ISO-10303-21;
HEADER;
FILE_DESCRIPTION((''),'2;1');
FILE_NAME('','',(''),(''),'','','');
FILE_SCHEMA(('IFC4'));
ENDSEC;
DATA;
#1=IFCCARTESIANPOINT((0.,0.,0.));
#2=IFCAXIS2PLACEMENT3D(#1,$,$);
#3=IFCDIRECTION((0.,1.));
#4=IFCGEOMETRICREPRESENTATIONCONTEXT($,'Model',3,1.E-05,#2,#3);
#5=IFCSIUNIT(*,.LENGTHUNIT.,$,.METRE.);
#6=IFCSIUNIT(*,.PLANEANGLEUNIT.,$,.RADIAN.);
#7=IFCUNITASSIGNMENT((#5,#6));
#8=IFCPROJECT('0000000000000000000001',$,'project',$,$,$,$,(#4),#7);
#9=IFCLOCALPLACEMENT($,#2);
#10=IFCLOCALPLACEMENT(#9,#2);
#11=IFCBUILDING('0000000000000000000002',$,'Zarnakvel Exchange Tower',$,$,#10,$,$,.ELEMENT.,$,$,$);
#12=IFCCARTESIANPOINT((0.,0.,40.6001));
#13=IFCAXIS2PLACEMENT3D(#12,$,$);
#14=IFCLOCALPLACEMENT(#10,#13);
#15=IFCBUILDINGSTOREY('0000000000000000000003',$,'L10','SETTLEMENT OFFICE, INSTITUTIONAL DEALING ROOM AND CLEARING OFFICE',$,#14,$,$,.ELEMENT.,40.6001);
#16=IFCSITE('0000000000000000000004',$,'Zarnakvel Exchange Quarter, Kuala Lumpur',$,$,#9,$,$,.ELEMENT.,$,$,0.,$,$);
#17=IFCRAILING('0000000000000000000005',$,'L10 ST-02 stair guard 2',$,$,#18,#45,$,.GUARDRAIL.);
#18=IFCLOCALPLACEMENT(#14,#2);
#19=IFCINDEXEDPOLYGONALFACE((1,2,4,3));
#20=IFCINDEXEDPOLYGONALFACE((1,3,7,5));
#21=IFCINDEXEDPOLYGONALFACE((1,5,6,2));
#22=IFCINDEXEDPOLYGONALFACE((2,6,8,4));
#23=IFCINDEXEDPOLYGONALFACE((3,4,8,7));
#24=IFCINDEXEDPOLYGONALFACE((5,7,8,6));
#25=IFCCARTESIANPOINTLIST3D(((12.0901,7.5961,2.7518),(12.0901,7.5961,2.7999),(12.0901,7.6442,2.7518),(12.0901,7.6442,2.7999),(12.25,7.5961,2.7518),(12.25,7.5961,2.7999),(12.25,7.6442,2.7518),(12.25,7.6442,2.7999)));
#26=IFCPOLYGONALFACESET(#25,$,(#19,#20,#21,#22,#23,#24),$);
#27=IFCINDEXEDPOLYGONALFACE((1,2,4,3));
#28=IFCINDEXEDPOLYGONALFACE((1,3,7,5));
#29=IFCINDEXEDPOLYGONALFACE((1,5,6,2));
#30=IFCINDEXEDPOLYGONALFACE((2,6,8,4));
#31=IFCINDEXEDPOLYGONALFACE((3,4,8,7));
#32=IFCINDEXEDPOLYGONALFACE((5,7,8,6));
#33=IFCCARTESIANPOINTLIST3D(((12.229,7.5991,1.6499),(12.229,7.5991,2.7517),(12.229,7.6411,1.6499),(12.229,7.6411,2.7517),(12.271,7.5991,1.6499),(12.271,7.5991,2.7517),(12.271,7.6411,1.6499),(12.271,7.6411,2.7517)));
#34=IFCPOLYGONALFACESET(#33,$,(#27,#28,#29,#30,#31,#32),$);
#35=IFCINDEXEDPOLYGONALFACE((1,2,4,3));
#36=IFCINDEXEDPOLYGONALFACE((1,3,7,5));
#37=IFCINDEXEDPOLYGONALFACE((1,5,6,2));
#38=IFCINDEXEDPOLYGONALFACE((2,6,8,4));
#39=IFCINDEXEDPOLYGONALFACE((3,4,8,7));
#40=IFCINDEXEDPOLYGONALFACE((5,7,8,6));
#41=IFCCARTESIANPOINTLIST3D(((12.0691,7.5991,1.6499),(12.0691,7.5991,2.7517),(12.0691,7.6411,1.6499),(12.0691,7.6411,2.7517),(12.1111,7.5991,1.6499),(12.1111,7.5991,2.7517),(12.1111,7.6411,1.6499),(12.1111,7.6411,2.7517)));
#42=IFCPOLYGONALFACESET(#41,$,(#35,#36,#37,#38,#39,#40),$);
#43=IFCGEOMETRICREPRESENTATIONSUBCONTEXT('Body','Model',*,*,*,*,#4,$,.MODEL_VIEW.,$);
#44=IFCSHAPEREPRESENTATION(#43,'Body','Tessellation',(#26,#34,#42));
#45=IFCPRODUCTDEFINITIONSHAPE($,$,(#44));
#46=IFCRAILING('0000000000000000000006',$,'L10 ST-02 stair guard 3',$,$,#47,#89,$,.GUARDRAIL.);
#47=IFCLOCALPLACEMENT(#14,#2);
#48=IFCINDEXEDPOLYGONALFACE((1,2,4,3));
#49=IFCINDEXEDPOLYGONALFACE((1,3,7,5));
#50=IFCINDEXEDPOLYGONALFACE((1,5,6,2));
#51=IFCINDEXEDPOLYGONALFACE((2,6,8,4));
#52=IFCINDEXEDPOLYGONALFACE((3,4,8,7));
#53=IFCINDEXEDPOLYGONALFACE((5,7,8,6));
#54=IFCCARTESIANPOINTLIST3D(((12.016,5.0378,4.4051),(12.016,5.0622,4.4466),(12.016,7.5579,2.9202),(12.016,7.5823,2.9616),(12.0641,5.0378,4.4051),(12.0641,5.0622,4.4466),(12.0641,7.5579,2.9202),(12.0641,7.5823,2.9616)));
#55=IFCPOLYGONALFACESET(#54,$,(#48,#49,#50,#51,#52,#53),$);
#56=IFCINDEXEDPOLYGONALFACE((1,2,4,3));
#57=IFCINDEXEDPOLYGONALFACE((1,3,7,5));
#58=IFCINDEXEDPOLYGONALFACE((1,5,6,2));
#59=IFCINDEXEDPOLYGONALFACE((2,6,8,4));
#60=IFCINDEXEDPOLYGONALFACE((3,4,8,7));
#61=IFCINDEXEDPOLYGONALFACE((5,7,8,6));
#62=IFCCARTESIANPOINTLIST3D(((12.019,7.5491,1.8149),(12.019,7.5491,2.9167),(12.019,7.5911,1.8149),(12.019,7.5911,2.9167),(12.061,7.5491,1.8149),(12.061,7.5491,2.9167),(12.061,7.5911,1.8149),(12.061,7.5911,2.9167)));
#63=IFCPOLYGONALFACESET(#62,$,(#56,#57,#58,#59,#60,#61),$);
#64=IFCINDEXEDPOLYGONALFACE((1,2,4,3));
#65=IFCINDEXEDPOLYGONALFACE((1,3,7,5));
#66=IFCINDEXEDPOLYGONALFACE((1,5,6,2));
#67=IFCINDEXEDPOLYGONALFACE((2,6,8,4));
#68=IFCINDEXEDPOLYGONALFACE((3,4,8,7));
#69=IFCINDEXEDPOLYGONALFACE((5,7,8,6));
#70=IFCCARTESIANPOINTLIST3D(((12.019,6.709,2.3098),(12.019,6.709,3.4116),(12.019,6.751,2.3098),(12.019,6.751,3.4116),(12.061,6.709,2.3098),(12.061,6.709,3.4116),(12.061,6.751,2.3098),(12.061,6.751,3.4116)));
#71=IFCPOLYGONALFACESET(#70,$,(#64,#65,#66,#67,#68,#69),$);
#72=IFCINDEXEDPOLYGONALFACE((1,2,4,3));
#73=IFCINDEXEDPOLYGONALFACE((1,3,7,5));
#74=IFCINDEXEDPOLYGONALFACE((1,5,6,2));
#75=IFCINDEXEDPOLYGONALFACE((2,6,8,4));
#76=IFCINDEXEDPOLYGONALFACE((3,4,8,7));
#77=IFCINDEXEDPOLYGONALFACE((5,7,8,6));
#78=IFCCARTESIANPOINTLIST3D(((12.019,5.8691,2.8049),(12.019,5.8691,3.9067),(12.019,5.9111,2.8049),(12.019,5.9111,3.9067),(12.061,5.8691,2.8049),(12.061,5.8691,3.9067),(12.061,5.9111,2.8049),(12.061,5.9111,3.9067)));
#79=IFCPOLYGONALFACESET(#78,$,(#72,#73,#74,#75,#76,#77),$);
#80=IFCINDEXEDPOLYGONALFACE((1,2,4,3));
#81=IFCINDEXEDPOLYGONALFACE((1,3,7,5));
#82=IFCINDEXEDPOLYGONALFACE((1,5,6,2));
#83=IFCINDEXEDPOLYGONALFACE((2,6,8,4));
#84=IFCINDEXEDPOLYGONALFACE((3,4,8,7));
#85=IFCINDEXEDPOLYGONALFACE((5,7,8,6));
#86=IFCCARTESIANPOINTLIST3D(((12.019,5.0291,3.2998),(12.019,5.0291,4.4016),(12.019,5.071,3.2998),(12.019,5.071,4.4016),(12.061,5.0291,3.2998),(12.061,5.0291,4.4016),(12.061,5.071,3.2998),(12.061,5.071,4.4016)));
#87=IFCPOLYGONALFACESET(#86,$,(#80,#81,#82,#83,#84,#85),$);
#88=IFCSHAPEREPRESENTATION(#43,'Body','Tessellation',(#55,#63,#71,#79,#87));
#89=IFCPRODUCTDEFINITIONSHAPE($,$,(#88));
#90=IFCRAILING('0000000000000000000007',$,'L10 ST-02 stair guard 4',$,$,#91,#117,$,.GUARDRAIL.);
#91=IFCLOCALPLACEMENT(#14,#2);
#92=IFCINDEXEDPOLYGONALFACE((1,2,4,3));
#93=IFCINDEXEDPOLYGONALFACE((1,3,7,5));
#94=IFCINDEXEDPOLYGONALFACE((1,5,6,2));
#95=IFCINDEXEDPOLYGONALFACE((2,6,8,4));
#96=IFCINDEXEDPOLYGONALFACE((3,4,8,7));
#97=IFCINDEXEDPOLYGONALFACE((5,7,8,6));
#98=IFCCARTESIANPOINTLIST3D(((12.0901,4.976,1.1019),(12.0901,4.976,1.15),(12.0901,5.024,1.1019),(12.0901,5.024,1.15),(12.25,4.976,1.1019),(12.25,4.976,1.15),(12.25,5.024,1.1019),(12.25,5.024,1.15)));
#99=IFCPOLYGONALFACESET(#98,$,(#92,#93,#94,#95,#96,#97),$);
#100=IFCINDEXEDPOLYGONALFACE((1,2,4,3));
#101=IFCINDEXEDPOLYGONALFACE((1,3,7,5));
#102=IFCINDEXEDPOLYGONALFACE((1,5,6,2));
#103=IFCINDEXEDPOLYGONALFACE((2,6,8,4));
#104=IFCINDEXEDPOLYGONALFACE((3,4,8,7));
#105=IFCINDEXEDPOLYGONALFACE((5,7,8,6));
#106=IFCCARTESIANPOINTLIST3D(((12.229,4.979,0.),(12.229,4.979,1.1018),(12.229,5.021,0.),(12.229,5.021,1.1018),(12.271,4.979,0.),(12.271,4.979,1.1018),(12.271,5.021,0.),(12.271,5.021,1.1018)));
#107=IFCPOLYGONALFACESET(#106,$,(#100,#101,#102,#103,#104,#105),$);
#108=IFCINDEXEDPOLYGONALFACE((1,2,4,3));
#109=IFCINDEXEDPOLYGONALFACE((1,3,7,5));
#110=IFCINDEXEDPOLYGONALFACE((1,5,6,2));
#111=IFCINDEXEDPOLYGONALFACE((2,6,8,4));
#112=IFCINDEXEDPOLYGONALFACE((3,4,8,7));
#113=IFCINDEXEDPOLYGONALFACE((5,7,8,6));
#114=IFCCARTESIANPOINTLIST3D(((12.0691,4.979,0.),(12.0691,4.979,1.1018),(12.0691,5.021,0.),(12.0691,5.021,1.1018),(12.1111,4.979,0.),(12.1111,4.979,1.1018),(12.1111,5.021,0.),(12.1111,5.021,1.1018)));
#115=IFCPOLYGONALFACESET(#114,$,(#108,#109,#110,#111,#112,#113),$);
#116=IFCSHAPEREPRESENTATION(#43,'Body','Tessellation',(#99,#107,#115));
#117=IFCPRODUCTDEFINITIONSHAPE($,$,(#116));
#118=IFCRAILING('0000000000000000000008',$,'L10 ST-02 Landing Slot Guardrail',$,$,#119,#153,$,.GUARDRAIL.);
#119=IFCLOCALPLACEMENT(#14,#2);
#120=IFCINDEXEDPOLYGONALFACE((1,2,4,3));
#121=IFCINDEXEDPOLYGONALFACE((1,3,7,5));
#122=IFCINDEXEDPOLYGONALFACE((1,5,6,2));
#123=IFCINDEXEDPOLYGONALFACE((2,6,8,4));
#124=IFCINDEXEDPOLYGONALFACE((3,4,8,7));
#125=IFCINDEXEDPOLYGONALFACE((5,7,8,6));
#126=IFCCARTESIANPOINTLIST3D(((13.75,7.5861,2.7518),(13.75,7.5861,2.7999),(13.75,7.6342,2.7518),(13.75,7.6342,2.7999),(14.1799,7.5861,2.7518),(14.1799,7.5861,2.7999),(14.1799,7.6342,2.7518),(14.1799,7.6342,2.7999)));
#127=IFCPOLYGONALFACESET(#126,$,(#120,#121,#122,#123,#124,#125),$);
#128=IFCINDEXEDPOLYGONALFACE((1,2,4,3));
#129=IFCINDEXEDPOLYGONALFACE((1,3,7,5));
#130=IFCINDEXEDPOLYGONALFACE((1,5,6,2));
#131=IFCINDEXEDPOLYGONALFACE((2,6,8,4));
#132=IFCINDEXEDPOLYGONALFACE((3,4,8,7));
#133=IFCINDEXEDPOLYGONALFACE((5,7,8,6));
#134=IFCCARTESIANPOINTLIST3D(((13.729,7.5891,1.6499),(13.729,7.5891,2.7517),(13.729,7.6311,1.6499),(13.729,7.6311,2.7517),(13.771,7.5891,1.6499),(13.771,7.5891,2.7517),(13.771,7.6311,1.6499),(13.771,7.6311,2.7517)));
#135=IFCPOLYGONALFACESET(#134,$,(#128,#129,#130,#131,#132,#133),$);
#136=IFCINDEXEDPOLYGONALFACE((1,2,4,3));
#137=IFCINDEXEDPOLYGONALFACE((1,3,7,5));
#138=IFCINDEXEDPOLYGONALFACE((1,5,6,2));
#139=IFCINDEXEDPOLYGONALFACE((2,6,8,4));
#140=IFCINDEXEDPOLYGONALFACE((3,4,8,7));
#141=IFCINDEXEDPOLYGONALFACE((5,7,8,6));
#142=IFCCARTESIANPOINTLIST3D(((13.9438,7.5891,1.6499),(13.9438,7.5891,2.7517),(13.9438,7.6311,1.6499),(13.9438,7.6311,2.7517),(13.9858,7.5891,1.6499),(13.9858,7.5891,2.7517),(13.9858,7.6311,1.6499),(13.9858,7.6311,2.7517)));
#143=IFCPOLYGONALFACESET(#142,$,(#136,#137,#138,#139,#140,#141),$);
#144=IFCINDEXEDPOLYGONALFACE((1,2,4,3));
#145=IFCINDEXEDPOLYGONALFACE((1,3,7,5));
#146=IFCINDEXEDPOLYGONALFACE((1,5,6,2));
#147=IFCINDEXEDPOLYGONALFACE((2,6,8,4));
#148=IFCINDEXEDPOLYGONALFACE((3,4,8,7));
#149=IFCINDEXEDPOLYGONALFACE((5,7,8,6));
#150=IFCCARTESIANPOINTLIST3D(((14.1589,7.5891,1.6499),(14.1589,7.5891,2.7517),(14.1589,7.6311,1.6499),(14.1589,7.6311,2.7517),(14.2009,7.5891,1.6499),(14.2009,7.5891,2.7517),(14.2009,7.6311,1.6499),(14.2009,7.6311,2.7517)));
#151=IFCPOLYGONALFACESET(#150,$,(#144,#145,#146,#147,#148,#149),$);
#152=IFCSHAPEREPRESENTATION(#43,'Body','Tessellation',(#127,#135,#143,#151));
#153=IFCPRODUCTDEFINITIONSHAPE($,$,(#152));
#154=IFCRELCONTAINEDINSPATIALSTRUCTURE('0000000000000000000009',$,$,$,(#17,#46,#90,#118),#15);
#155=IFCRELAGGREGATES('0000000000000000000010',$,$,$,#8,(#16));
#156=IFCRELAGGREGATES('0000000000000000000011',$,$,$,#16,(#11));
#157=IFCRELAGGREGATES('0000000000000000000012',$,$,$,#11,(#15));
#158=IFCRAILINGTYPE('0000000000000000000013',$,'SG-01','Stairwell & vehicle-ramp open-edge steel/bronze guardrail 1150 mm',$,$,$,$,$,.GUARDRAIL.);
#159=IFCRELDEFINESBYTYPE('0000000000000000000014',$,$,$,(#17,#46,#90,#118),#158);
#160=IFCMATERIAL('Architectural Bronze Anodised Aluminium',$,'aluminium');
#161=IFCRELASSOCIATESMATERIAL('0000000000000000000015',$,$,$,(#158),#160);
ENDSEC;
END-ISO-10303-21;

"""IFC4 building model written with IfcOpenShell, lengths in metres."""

from ifc_helpers import new_model, si_unit, direction, frame, origin, origin_2d, place, context, subcontext, project, spatial, rectangle, extrude, material, type_object, element, save


model = new_model("IFC4")

# Units and contexts
model_context = context("Model", 3, precision=1e-05, world=origin(), true_north=direction((0.0, 1.0)))
body_context = subcontext(model_context, "Body", "Model", "MODEL_VIEW")
ifc_project = project(units=[si_unit("LENGTHUNIT", "METRE"), si_unit("PLANEANGLEUNIT", "RADIAN")], contexts=[model_context])

# Site, building, storey
site_placement = place(None, origin())
site = spatial("IfcSite", under=ifc_project, at=site_placement, Name="Zarnakvel Exchange Quarter, Kuala Lumpur", CompositionType="ELEMENT", RefElevation=0.0)
building_placement = place(site_placement, origin())
building = spatial("IfcBuilding", under=site, at=building_placement, Name="Zarnakvel Exchange Tower", CompositionType="ELEMENT")
storey_placement = place(building_placement, frame((0.0, 0.0, 40.6001)))
storey = spatial("IfcBuildingStorey", under=building, at=storey_placement, Name="L10", Description="SETTLEMENT OFFICE, INSTITUTIONAL DEALING ROOM AND CLEARING OFFICE", CompositionType="ELEMENT", Elevation=40.6001)

# Shared definitions
ifc_material_1 = material(Name="Architectural Bronze Anodised Aluminium", Category="aluminium")

# Railings
railing_type_1 = type_object("IfcRailingType", Name="SG-01", Description="Stairwell & vehicle-ramp open-edge steel/bronze guardrail 1150 mm", PredefinedType="GUARDRAIL", material=ifc_material_1)
railing_1_placement = place(storey_placement, frame((12.25, 7.6201, 1.6499)))
element("IfcRailing", 1, at=railing_1_placement, inside=storey, type_object=railing_type_1, Name="L10 ST-02 stair guard 2", PredefinedType="GUARDRAIL", context=body_context, shape_type="SweptSolid", body=[
    extrude(rectangle(XDim=0.0481, YDim=0.0481, at=origin_2d()), frame((0.0, 0.0, 1.126), z_axis=(-1.0, 0.0, 0.0), x_axis=(0.0, -1.0, 0.0)), (0.0, 0.0, 1.0), 0.1599),
    extrude(rectangle(XDim=0.042, YDim=0.042, at=origin_2d()), origin(), (0.0, 0.0, 1.0), 1.1018),
    extrude(rectangle(XDim=0.042, YDim=0.042, at=origin_2d()), frame((-0.1599, 0.0, 0.0)), (0.0, 0.0, 1.0), 1.1018),
])
railing_2_placement = place(storey_placement, frame((12.04, 7.5701, 1.8149)))
element("IfcRailing", 2, at=railing_2_placement, inside=storey, type_object=railing_type_1, Name="L10 ST-02 stair guard 3", PredefinedType="GUARDRAIL", context=body_context, shape_type="SweptSolid", body=[
    extrude(rectangle(XDim=0.0481, YDim=0.0481, at=origin_2d()), frame((0.0, 0.0, 1.126), z_axis=(0.0, -0.861561, 0.507655), x_axis=(1.0, 0.0, 0.0)), (0.0, 0.0, 1.0), 2.925),
    extrude(rectangle(XDim=0.042, YDim=0.042, at=origin_2d()), origin(), (0.0, 0.0, 1.0), 1.1018),
    extrude(rectangle(XDim=0.042, YDim=0.042, at=origin_2d()), frame((0.0, -0.8401, 0.4949)), (0.0, 0.0, 1.0), 1.1018),
    extrude(rectangle(XDim=0.042, YDim=0.042, at=origin_2d()), frame((0.0, -1.6799, 0.99)), (0.0, 0.0, 1.0), 1.1018),
    extrude(rectangle(XDim=0.042, YDim=0.042, at=origin_2d()), frame((0.0, -2.52, 1.4849)), (0.0, 0.0, 1.0), 1.1018),
])
railing_3_placement = place(storey_placement, frame((12.25, 5.0, 0.0)))
element("IfcRailing", 3, at=railing_3_placement, inside=storey, type_object=railing_type_1, Name="L10 ST-02 stair guard 4", PredefinedType="GUARDRAIL", context=body_context, shape_type="SweptSolid", body=[
    extrude(rectangle(XDim=0.0481, YDim=0.0481, at=origin_2d()), frame((0.0, 0.0, 1.126), z_axis=(-1.0, 0.0, 0.0), x_axis=(0.0, -1.0, 0.0)), (0.0, 0.0, 1.0), 0.1599),
    extrude(rectangle(XDim=0.042, YDim=0.042, at=origin_2d()), origin(), (0.0, 0.0, 1.0), 1.1018),
    extrude(rectangle(XDim=0.042, YDim=0.042, at=origin_2d()), frame((-0.1599, 0.0, 0.0)), (0.0, 0.0, 1.0), 1.1018),
])
railing_4_placement = place(storey_placement, frame((13.75, 7.6101, 1.6499)))
element("IfcRailing", 4, at=railing_4_placement, inside=storey, type_object=railing_type_1, Name="L10 ST-02 Landing Slot Guardrail", PredefinedType="GUARDRAIL", context=body_context, shape_type="SweptSolid", body=[
    extrude(rectangle(XDim=0.0481, YDim=0.0481, at=origin_2d()), frame((0.0, 0.0, 1.126), z_axis=(1.0, 0.0, 0.0), x_axis=(0.0, 1.0, 0.0)), (0.0, 0.0, 1.0), 0.4299),
    extrude(rectangle(XDim=0.042, YDim=0.042, at=origin_2d()), origin(), (0.0, 0.0, 1.0), 1.1018),
    extrude(rectangle(XDim=0.042, YDim=0.042, at=origin_2d()), frame((0.2148, 0.0, 0.0)), (0.0, 0.0, 1.0), 1.1018),
    extrude(rectangle(XDim=0.042, YDim=0.042, at=origin_2d()), frame((0.4299, 0.0, 0.0)), (0.0, 0.0, 1.0), 1.1018),
])

save(model, "model.ifc")
